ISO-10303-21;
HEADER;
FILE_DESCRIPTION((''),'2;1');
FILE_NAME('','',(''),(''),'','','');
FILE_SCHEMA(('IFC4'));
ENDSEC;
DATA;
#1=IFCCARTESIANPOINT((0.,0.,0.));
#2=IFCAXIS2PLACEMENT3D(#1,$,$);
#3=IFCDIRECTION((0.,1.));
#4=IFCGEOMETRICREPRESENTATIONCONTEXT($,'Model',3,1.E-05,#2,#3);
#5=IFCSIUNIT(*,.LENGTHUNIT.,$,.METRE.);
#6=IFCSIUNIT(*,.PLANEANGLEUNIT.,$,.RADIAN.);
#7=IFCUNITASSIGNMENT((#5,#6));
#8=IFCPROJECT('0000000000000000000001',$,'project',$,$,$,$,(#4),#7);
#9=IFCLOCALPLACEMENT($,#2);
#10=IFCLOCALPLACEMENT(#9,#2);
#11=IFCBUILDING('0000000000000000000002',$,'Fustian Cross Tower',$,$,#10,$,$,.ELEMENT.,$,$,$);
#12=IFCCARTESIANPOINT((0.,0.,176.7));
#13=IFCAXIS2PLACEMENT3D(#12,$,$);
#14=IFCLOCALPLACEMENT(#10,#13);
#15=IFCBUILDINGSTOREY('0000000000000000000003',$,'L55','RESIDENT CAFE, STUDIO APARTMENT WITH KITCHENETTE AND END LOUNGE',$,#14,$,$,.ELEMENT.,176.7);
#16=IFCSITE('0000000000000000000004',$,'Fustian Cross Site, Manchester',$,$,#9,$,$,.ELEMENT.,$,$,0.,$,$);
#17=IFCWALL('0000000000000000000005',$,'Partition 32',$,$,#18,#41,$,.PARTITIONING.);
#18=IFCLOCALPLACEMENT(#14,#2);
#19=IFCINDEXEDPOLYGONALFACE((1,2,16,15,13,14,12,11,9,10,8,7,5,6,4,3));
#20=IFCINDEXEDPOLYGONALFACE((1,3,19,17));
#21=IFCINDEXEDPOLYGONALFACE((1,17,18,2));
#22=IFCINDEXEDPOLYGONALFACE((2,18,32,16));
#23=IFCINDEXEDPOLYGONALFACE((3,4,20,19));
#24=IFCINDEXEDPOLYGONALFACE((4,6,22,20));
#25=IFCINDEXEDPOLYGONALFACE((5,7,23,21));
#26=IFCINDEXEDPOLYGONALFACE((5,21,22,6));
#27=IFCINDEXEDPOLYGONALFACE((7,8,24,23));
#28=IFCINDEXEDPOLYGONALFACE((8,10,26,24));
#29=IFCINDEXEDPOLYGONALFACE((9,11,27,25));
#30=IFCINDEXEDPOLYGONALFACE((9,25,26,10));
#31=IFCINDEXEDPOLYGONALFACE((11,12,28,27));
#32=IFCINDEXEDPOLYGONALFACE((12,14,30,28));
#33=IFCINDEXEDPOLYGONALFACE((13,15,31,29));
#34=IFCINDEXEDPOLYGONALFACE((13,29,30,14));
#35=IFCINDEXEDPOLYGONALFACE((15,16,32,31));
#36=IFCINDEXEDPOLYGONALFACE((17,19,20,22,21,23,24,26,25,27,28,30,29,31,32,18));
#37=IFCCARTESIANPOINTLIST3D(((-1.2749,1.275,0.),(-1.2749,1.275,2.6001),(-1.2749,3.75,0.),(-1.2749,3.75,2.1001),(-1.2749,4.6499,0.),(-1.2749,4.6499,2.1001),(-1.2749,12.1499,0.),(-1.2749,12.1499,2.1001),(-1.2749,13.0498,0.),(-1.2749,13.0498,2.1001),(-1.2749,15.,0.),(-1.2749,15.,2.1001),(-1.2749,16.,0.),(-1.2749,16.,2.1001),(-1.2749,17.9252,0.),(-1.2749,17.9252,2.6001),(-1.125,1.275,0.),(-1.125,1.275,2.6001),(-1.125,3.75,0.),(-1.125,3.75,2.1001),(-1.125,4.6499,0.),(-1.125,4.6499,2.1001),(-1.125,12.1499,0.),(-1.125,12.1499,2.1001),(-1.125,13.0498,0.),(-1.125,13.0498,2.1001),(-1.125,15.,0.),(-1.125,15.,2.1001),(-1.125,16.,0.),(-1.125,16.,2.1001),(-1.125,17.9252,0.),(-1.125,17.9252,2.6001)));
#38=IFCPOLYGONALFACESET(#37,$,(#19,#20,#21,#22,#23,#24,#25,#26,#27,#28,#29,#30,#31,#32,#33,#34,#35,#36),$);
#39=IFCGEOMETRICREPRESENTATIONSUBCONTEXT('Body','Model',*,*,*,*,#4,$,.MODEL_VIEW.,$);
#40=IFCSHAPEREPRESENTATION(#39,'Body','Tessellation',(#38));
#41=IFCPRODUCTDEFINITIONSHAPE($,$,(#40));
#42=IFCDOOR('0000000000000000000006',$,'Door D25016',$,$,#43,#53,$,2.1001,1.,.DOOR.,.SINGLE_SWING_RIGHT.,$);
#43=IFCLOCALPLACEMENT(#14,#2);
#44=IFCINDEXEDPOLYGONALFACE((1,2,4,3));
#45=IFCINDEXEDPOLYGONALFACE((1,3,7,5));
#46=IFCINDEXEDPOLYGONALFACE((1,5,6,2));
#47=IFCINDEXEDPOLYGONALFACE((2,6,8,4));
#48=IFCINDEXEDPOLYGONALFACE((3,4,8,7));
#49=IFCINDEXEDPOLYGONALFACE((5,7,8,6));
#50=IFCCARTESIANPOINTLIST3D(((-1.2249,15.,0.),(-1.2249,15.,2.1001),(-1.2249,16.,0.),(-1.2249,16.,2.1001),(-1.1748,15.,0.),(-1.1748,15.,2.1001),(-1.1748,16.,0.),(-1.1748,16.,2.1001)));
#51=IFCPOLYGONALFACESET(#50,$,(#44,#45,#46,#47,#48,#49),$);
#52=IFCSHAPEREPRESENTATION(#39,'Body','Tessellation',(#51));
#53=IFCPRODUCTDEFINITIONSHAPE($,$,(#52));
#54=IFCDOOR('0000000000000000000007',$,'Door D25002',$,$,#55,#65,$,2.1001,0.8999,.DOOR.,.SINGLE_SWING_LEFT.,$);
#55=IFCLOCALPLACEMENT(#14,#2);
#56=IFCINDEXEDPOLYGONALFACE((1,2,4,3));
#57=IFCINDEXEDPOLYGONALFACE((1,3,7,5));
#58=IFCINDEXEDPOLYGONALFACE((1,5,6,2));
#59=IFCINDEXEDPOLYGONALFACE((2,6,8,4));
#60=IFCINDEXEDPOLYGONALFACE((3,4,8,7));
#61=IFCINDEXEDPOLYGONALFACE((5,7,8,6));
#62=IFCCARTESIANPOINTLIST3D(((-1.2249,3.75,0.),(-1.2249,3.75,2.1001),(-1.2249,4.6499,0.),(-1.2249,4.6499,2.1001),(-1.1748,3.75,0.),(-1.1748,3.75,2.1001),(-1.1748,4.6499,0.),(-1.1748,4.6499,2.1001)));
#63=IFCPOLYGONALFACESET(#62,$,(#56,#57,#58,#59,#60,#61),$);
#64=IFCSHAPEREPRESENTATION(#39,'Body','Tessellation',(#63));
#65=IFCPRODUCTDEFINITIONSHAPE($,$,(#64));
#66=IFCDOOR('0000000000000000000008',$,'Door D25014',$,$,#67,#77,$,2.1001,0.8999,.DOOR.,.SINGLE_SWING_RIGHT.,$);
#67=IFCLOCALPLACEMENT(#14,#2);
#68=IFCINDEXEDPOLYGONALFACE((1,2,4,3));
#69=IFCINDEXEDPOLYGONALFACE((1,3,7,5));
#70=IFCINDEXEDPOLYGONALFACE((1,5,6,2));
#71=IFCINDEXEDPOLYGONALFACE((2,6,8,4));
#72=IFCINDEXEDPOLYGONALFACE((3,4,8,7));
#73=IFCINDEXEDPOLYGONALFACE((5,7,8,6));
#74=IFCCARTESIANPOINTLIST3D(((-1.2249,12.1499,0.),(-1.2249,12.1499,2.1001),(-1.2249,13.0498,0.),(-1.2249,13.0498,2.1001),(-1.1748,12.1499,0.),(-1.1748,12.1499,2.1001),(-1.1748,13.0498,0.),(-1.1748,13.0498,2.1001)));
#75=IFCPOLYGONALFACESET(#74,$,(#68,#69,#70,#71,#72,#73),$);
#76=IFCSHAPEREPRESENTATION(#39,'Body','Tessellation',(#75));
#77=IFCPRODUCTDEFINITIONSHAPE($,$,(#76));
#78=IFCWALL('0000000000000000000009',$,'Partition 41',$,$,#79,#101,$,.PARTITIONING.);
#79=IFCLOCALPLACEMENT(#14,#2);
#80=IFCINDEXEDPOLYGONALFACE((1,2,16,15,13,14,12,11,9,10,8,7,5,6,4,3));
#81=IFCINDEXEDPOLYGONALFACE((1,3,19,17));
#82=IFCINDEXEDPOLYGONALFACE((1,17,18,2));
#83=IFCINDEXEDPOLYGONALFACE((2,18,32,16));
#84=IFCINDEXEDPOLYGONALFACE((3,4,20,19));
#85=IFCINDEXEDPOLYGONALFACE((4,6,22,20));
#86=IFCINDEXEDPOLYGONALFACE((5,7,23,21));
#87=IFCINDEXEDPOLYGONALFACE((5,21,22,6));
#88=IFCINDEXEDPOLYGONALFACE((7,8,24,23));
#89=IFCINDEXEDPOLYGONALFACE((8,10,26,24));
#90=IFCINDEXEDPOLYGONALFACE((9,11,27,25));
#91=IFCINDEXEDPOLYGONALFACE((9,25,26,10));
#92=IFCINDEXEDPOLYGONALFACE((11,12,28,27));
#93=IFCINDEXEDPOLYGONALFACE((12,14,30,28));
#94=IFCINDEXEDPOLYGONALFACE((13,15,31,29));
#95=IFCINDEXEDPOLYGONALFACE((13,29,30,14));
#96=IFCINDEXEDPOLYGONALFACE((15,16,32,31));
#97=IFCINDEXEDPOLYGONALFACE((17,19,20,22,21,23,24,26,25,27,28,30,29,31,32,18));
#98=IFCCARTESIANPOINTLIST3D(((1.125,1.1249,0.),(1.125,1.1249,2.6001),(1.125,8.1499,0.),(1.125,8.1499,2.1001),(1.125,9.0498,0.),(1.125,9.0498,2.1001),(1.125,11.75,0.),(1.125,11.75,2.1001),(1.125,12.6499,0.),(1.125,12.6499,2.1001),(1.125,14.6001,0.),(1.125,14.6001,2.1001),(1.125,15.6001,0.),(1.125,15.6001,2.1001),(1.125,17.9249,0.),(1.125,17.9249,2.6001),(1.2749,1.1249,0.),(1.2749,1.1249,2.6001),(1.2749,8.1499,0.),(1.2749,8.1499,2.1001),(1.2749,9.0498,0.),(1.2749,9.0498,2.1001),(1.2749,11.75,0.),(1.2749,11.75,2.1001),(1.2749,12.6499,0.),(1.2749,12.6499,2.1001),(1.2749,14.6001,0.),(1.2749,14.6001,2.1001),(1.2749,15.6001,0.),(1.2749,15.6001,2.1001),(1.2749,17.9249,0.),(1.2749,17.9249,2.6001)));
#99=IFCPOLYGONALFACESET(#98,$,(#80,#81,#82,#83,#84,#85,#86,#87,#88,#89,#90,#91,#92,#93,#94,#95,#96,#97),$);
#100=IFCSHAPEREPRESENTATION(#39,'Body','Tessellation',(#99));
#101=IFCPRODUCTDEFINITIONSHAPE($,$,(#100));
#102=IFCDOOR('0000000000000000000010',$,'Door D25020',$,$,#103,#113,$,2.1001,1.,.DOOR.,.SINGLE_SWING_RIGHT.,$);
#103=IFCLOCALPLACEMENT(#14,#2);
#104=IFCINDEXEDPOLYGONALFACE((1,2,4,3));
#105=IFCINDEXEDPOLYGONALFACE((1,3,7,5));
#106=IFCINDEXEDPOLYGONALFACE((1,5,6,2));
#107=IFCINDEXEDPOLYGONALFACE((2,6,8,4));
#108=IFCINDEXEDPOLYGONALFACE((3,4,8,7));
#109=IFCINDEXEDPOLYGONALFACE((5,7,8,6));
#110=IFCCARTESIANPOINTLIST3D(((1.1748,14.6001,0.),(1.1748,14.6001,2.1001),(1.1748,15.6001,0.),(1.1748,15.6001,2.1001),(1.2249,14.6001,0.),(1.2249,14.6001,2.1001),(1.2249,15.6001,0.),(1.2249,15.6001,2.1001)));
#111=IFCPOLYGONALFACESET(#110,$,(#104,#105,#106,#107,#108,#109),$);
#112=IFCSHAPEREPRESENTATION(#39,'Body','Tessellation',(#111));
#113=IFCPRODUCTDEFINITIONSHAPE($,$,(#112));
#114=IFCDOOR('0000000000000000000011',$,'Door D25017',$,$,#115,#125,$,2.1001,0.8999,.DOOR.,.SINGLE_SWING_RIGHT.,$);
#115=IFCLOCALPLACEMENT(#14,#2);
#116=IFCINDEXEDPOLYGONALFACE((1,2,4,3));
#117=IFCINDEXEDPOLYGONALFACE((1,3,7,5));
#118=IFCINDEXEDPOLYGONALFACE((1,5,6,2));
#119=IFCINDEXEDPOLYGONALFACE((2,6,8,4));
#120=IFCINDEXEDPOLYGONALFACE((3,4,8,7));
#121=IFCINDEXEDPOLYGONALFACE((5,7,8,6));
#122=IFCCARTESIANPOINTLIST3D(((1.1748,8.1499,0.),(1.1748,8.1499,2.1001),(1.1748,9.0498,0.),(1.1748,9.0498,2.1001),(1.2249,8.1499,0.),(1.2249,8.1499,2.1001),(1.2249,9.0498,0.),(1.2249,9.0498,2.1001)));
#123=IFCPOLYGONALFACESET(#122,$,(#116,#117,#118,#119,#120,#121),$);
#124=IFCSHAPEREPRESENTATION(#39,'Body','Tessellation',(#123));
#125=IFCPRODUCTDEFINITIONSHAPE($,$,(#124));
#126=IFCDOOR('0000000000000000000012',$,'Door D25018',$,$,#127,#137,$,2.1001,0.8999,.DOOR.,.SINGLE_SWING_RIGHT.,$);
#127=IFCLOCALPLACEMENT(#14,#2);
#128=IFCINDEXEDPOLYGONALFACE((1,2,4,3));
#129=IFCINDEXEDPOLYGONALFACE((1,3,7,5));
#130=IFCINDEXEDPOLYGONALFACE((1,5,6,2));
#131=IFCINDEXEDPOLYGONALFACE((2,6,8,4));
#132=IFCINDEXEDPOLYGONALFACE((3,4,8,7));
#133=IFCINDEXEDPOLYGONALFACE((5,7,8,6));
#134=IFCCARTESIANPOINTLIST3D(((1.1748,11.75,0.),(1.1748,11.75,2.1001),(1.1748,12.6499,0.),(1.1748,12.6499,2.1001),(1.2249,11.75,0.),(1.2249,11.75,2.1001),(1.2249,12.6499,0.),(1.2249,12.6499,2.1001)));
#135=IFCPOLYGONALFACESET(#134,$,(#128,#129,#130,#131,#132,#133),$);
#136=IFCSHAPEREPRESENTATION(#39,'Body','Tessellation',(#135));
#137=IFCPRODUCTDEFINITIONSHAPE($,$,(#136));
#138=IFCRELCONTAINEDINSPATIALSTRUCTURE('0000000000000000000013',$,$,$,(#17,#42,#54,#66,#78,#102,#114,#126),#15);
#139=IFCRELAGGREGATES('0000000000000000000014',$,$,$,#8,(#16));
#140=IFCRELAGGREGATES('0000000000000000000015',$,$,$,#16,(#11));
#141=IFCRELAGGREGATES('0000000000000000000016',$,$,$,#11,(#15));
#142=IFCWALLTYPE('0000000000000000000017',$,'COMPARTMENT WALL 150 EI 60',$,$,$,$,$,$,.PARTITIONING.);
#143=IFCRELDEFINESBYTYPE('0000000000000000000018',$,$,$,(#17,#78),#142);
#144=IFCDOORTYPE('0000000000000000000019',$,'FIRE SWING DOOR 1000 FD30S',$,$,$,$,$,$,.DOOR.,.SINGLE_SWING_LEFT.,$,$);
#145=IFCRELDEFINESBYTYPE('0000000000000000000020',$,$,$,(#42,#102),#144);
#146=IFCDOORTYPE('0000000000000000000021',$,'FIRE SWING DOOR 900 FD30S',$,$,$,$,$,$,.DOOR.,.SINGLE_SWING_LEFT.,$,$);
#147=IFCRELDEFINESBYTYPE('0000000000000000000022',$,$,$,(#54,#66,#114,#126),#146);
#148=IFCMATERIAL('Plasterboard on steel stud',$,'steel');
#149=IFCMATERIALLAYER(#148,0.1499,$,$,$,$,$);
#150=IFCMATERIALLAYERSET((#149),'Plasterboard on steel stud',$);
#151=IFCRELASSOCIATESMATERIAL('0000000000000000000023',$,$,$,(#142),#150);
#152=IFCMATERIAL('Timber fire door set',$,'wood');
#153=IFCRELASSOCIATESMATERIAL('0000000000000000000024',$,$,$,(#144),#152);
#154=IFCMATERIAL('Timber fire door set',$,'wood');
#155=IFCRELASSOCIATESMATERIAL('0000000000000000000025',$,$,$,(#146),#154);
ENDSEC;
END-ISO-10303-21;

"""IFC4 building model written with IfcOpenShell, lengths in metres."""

from ifc_helpers import new_model, si_unit, direction, frame, frame_2d, origin, place, context, subcontext, project, spatial, rectangle, extrude, material, layer, layer_set, type_object, element, fill, save


model = new_model("IFC4")

# Units and contexts
model_context = context("Model", 3, precision=1e-05, world=origin(), true_north=direction((0.0, 1.0)))
body_context = subcontext(model_context, "Body", "Model", "MODEL_VIEW")
ifc_project = project(units=[si_unit("LENGTHUNIT", "METRE"), si_unit("PLANEANGLEUNIT", "RADIAN")], contexts=[model_context])

# Site, building, storey
site_placement = place(None, origin())
site = spatial("IfcSite", under=ifc_project, at=site_placement, Name="Fustian Cross Site, Manchester", CompositionType="ELEMENT", RefElevation=0.0)
building_placement = place(site_placement, origin())
building = spatial("IfcBuilding", under=site, at=building_placement, Name="Fustian Cross Tower", CompositionType="ELEMENT")
storey_placement = place(building_placement, frame((0.0, 0.0, 176.7)))
storey = spatial("IfcBuildingStorey", under=building, at=storey_placement, Name="L55", Description="RESIDENT CAFE, STUDIO APARTMENT WITH KITCHENETTE AND END LOUNGE", CompositionType="ELEMENT", Elevation=176.7)

# Walls, openings, doors
ifc_material_1 = material(Name="Plasterboard on steel stud", Category="steel")
ifc_layer_1 = layer(ifc_material_1, 0.1499)
ifc_layer_set_1 = layer_set([ifc_layer_1], Name="Plasterboard on steel stud")
wall_type_1 = type_object("IfcWallType", Name="COMPARTMENT WALL 150 EI 60", PredefinedType="PARTITIONING", material=ifc_layer_set_1)
wall_1_placement = place(storey_placement, frame((-1.2, 1.2749, 0.0), z_axis=(0.0, 0.0, 1.0), x_axis=(0.0, 1.0, 0.0)))
wall_1 = element("IfcWall", 1, at=wall_1_placement, inside=storey, type_object=wall_type_1, Name="Partition 32", PredefinedType="PARTITIONING", context=body_context, shape_type="SweptSolid", body=[
    extrude(rectangle(XDim=16.6501, YDim=0.1499, at=frame_2d((8.3252, 0.0))), origin(), (0.0, 0.0, 1.0), 2.6001),
])
opening_1_placement = place(wall_1_placement, frame((2.4751, 0.0, 0.0)))
opening_1 = element("IfcOpeningElement", 2, at=opening_1_placement, cuts=wall_1, PredefinedType="OPENING", context=body_context, shape_type="SweptSolid", body=[
    extrude(rectangle(XDim=0.8999, YDim=2.1001, at=frame_2d((0.45, 1.05))), frame((0.0, 0.085, 0.0), z_axis=(0.0, -1.0, 0.0), x_axis=(1.0, 0.0, 0.0)), (0.0, 0.0, 1.0), 0.1699),
])
opening_2_placement = place(wall_1_placement, frame((10.875, 0.0, 0.0)))
opening_2 = element("IfcOpeningElement", 3, at=opening_2_placement, cuts=wall_1, PredefinedType="OPENING", context=body_context, shape_type="SweptSolid", body=[
    extrude(rectangle(XDim=0.8999, YDim=2.1001, at=frame_2d((0.45, 1.05))), frame((0.0, 0.085, 0.0), z_axis=(0.0, -1.0, 0.0), x_axis=(1.0, 0.0, 0.0)), (0.0, 0.0, 1.0), 0.1699),
])
opening_3_placement = place(wall_1_placement, frame((13.7251, 0.0, 0.0)))
opening_3 = element("IfcOpeningElement", 4, at=opening_3_placement, cuts=wall_1, PredefinedType="OPENING", context=body_context, shape_type="SweptSolid", body=[
    extrude(rectangle(XDim=1.0, YDim=2.1001, at=frame_2d((0.5, 1.05))), frame((0.0, 0.085, 0.0), z_axis=(0.0, -1.0, 0.0), x_axis=(1.0, 0.0, 0.0)), (0.0, 0.0, 1.0), 0.1699),
])
ifc_material_2 = material(Name="Timber fire door set", Category="wood")
door_type_1 = type_object("IfcDoorType", Name="FIRE SWING DOOR 1000 FD30S", OperationType="SINGLE_SWING_LEFT", PredefinedType="DOOR", material=ifc_material_2)
door_1_placement = place(opening_3_placement, origin())
door_1 = element("IfcDoor", 5, at=door_1_placement, inside=storey, type_object=door_type_1, Name="Door D25016", OperationType="SINGLE_SWING_RIGHT", OverallHeight=2.1001, OverallWidth=1.0, PredefinedType="DOOR", context=body_context, shape_type="SweptSolid", body=[
    extrude(rectangle(XDim=1.0, YDim=2.1001, at=frame_2d((0.5, 1.05))), frame((0.0, 0.0249, 0.0), z_axis=(0.0, -1.0, 0.0), x_axis=(1.0, 0.0, 0.0)), (0.0, 0.0, 1.0), 0.05),
])
fill(opening_3, door_1)
ifc_material_3 = material(Name="Timber fire door set", Category="wood")
door_type_2 = type_object("IfcDoorType", Name="FIRE SWING DOOR 900 FD30S", OperationType="SINGLE_SWING_LEFT", PredefinedType="DOOR", material=ifc_material_3)
door_2_placement = place(opening_1_placement, origin())
door_2 = element("IfcDoor", 6, at=door_2_placement, inside=storey, type_object=door_type_2, Name="Door D25002", OperationType="SINGLE_SWING_LEFT", OverallHeight=2.1001, OverallWidth=0.8999, PredefinedType="DOOR", context=body_context, shape_type="SweptSolid", body=[
    extrude(rectangle(XDim=0.8999, YDim=2.1001, at=frame_2d((0.45, 1.05))), frame((0.0, 0.0249, 0.0), z_axis=(0.0, -1.0, 0.0), x_axis=(1.0, 0.0, 0.0)), (0.0, 0.0, 1.0), 0.05),
])
fill(opening_1, door_2)
door_3_placement = place(opening_2_placement, origin())
door_3 = element("IfcDoor", 7, at=door_3_placement, inside=storey, type_object=door_type_2, Name="Door D25014", OperationType="SINGLE_SWING_RIGHT", OverallHeight=2.1001, OverallWidth=0.8999, PredefinedType="DOOR", context=body_context, shape_type="SweptSolid", body=[
    extrude(rectangle(XDim=0.8999, YDim=2.1001, at=frame_2d((0.45, 1.05))), frame((0.0, 0.0249, 0.0), z_axis=(0.0, -1.0, 0.0), x_axis=(1.0, 0.0, 0.0)), (0.0, 0.0, 1.0), 0.05),
])
fill(opening_2, door_3)
wall_2_placement = place(storey_placement, frame((1.2, 1.125, 0.0), z_axis=(0.0, 0.0, 1.0), x_axis=(0.0, 1.0, 0.0)))
wall_2 = element("IfcWall", 8, at=wall_2_placement, inside=storey, type_object=wall_type_1, Name="Partition 41", PredefinedType="PARTITIONING", context=body_context, shape_type="SweptSolid", body=[
    extrude(rectangle(XDim=16.8, YDim=0.1499, at=frame_2d((8.3999, 0.0))), origin(), (0.0, 0.0, 1.0), 2.6001),
])
opening_4_placement = place(wall_2_placement, frame((7.0249, 0.0, 0.0)))
opening_4 = element("IfcOpeningElement", 9, at=opening_4_placement, cuts=wall_2, PredefinedType="OPENING", context=body_context, shape_type="SweptSolid", body=[
    extrude(rectangle(XDim=0.8999, YDim=2.1001, at=frame_2d((0.45, 1.05))), frame((0.0, 0.085, 0.0), z_axis=(0.0, -1.0, 0.0), x_axis=(1.0, 0.0, 0.0)), (0.0, 0.0, 1.0), 0.1699),
])
opening_5_placement = place(wall_2_placement, frame((10.625, 0.0, 0.0)))
opening_5 = element("IfcOpeningElement", 10, at=opening_5_placement, cuts=wall_2, PredefinedType="OPENING", context=body_context, shape_type="SweptSolid", body=[
    extrude(rectangle(XDim=0.8999, YDim=2.1001, at=frame_2d((0.45, 1.05))), frame((0.0, 0.085, 0.0), z_axis=(0.0, -1.0, 0.0), x_axis=(1.0, 0.0, 0.0)), (0.0, 0.0, 1.0), 0.1699),
])
opening_6_placement = place(wall_2_placement, frame((13.4751, 0.0, 0.0)))
opening_6 = element("IfcOpeningElement", 11, at=opening_6_placement, cuts=wall_2, PredefinedType="OPENING", context=body_context, shape_type="SweptSolid", body=[
    extrude(rectangle(XDim=1.0, YDim=2.1001, at=frame_2d((0.5, 1.05))), frame((0.0, 0.085, 0.0), z_axis=(0.0, -1.0, 0.0), x_axis=(1.0, 0.0, 0.0)), (0.0, 0.0, 1.0), 0.1699),
])
door_4_placement = place(opening_6_placement, frame((1.0, 0.0, 0.0), z_axis=(0.0, 0.0, 1.0), x_axis=(-1.0, 0.0, 0.0)))
door_4 = element("IfcDoor", 12, at=door_4_placement, inside=storey, type_object=door_type_1, Name="Door D25020", OperationType="SINGLE_SWING_RIGHT", OverallHeight=2.1001, OverallWidth=1.0, PredefinedType="DOOR", context=body_context, shape_type="SweptSolid", body=[
    extrude(rectangle(XDim=1.0, YDim=2.1001, at=frame_2d((0.5, 1.05))), frame((0.0, 0.0249, 0.0), z_axis=(0.0, -1.0, 0.0), x_axis=(1.0, 0.0, 0.0)), (0.0, 0.0, 1.0), 0.05),
])
fill(opening_6, door_4)
door_5_placement = place(opening_4_placement, frame((0.8999, 0.0, 0.0), z_axis=(0.0, 0.0, 1.0), x_axis=(-1.0, 0.0, 0.0)))
door_5 = element("IfcDoor", 13, at=door_5_placement, inside=storey, type_object=door_type_2, Name="Door D25017", OperationType="SINGLE_SWING_RIGHT", OverallHeight=2.1001, OverallWidth=0.8999, PredefinedType="DOOR", context=body_context, shape_type="SweptSolid", body=[
    extrude(rectangle(XDim=0.8999, YDim=2.1001, at=frame_2d((0.45, 1.05))), frame((0.0, 0.0249, 0.0), z_axis=(0.0, -1.0, 0.0), x_axis=(1.0, 0.0, 0.0)), (0.0, 0.0, 1.0), 0.05),
])
fill(opening_4, door_5)
door_6_placement = place(opening_5_placement, frame((0.8999, 0.0, 0.0), z_axis=(0.0, 0.0, 1.0), x_axis=(-1.0, 0.0, 0.0)))
door_6 = element("IfcDoor", 14, at=door_6_placement, inside=storey, type_object=door_type_2, Name="Door D25018", OperationType="SINGLE_SWING_RIGHT", OverallHeight=2.1001, OverallWidth=0.8999, PredefinedType="DOOR", context=body_context, shape_type="SweptSolid", body=[
    extrude(rectangle(XDim=0.8999, YDim=2.1001, at=frame_2d((0.45, 1.05))), frame((0.0, 0.0249, 0.0), z_axis=(0.0, -1.0, 0.0), x_axis=(1.0, 0.0, 0.0)), (0.0, 0.0, 1.0), 0.05),
])
fill(opening_5, door_6)

save(model, "model.ifc")
